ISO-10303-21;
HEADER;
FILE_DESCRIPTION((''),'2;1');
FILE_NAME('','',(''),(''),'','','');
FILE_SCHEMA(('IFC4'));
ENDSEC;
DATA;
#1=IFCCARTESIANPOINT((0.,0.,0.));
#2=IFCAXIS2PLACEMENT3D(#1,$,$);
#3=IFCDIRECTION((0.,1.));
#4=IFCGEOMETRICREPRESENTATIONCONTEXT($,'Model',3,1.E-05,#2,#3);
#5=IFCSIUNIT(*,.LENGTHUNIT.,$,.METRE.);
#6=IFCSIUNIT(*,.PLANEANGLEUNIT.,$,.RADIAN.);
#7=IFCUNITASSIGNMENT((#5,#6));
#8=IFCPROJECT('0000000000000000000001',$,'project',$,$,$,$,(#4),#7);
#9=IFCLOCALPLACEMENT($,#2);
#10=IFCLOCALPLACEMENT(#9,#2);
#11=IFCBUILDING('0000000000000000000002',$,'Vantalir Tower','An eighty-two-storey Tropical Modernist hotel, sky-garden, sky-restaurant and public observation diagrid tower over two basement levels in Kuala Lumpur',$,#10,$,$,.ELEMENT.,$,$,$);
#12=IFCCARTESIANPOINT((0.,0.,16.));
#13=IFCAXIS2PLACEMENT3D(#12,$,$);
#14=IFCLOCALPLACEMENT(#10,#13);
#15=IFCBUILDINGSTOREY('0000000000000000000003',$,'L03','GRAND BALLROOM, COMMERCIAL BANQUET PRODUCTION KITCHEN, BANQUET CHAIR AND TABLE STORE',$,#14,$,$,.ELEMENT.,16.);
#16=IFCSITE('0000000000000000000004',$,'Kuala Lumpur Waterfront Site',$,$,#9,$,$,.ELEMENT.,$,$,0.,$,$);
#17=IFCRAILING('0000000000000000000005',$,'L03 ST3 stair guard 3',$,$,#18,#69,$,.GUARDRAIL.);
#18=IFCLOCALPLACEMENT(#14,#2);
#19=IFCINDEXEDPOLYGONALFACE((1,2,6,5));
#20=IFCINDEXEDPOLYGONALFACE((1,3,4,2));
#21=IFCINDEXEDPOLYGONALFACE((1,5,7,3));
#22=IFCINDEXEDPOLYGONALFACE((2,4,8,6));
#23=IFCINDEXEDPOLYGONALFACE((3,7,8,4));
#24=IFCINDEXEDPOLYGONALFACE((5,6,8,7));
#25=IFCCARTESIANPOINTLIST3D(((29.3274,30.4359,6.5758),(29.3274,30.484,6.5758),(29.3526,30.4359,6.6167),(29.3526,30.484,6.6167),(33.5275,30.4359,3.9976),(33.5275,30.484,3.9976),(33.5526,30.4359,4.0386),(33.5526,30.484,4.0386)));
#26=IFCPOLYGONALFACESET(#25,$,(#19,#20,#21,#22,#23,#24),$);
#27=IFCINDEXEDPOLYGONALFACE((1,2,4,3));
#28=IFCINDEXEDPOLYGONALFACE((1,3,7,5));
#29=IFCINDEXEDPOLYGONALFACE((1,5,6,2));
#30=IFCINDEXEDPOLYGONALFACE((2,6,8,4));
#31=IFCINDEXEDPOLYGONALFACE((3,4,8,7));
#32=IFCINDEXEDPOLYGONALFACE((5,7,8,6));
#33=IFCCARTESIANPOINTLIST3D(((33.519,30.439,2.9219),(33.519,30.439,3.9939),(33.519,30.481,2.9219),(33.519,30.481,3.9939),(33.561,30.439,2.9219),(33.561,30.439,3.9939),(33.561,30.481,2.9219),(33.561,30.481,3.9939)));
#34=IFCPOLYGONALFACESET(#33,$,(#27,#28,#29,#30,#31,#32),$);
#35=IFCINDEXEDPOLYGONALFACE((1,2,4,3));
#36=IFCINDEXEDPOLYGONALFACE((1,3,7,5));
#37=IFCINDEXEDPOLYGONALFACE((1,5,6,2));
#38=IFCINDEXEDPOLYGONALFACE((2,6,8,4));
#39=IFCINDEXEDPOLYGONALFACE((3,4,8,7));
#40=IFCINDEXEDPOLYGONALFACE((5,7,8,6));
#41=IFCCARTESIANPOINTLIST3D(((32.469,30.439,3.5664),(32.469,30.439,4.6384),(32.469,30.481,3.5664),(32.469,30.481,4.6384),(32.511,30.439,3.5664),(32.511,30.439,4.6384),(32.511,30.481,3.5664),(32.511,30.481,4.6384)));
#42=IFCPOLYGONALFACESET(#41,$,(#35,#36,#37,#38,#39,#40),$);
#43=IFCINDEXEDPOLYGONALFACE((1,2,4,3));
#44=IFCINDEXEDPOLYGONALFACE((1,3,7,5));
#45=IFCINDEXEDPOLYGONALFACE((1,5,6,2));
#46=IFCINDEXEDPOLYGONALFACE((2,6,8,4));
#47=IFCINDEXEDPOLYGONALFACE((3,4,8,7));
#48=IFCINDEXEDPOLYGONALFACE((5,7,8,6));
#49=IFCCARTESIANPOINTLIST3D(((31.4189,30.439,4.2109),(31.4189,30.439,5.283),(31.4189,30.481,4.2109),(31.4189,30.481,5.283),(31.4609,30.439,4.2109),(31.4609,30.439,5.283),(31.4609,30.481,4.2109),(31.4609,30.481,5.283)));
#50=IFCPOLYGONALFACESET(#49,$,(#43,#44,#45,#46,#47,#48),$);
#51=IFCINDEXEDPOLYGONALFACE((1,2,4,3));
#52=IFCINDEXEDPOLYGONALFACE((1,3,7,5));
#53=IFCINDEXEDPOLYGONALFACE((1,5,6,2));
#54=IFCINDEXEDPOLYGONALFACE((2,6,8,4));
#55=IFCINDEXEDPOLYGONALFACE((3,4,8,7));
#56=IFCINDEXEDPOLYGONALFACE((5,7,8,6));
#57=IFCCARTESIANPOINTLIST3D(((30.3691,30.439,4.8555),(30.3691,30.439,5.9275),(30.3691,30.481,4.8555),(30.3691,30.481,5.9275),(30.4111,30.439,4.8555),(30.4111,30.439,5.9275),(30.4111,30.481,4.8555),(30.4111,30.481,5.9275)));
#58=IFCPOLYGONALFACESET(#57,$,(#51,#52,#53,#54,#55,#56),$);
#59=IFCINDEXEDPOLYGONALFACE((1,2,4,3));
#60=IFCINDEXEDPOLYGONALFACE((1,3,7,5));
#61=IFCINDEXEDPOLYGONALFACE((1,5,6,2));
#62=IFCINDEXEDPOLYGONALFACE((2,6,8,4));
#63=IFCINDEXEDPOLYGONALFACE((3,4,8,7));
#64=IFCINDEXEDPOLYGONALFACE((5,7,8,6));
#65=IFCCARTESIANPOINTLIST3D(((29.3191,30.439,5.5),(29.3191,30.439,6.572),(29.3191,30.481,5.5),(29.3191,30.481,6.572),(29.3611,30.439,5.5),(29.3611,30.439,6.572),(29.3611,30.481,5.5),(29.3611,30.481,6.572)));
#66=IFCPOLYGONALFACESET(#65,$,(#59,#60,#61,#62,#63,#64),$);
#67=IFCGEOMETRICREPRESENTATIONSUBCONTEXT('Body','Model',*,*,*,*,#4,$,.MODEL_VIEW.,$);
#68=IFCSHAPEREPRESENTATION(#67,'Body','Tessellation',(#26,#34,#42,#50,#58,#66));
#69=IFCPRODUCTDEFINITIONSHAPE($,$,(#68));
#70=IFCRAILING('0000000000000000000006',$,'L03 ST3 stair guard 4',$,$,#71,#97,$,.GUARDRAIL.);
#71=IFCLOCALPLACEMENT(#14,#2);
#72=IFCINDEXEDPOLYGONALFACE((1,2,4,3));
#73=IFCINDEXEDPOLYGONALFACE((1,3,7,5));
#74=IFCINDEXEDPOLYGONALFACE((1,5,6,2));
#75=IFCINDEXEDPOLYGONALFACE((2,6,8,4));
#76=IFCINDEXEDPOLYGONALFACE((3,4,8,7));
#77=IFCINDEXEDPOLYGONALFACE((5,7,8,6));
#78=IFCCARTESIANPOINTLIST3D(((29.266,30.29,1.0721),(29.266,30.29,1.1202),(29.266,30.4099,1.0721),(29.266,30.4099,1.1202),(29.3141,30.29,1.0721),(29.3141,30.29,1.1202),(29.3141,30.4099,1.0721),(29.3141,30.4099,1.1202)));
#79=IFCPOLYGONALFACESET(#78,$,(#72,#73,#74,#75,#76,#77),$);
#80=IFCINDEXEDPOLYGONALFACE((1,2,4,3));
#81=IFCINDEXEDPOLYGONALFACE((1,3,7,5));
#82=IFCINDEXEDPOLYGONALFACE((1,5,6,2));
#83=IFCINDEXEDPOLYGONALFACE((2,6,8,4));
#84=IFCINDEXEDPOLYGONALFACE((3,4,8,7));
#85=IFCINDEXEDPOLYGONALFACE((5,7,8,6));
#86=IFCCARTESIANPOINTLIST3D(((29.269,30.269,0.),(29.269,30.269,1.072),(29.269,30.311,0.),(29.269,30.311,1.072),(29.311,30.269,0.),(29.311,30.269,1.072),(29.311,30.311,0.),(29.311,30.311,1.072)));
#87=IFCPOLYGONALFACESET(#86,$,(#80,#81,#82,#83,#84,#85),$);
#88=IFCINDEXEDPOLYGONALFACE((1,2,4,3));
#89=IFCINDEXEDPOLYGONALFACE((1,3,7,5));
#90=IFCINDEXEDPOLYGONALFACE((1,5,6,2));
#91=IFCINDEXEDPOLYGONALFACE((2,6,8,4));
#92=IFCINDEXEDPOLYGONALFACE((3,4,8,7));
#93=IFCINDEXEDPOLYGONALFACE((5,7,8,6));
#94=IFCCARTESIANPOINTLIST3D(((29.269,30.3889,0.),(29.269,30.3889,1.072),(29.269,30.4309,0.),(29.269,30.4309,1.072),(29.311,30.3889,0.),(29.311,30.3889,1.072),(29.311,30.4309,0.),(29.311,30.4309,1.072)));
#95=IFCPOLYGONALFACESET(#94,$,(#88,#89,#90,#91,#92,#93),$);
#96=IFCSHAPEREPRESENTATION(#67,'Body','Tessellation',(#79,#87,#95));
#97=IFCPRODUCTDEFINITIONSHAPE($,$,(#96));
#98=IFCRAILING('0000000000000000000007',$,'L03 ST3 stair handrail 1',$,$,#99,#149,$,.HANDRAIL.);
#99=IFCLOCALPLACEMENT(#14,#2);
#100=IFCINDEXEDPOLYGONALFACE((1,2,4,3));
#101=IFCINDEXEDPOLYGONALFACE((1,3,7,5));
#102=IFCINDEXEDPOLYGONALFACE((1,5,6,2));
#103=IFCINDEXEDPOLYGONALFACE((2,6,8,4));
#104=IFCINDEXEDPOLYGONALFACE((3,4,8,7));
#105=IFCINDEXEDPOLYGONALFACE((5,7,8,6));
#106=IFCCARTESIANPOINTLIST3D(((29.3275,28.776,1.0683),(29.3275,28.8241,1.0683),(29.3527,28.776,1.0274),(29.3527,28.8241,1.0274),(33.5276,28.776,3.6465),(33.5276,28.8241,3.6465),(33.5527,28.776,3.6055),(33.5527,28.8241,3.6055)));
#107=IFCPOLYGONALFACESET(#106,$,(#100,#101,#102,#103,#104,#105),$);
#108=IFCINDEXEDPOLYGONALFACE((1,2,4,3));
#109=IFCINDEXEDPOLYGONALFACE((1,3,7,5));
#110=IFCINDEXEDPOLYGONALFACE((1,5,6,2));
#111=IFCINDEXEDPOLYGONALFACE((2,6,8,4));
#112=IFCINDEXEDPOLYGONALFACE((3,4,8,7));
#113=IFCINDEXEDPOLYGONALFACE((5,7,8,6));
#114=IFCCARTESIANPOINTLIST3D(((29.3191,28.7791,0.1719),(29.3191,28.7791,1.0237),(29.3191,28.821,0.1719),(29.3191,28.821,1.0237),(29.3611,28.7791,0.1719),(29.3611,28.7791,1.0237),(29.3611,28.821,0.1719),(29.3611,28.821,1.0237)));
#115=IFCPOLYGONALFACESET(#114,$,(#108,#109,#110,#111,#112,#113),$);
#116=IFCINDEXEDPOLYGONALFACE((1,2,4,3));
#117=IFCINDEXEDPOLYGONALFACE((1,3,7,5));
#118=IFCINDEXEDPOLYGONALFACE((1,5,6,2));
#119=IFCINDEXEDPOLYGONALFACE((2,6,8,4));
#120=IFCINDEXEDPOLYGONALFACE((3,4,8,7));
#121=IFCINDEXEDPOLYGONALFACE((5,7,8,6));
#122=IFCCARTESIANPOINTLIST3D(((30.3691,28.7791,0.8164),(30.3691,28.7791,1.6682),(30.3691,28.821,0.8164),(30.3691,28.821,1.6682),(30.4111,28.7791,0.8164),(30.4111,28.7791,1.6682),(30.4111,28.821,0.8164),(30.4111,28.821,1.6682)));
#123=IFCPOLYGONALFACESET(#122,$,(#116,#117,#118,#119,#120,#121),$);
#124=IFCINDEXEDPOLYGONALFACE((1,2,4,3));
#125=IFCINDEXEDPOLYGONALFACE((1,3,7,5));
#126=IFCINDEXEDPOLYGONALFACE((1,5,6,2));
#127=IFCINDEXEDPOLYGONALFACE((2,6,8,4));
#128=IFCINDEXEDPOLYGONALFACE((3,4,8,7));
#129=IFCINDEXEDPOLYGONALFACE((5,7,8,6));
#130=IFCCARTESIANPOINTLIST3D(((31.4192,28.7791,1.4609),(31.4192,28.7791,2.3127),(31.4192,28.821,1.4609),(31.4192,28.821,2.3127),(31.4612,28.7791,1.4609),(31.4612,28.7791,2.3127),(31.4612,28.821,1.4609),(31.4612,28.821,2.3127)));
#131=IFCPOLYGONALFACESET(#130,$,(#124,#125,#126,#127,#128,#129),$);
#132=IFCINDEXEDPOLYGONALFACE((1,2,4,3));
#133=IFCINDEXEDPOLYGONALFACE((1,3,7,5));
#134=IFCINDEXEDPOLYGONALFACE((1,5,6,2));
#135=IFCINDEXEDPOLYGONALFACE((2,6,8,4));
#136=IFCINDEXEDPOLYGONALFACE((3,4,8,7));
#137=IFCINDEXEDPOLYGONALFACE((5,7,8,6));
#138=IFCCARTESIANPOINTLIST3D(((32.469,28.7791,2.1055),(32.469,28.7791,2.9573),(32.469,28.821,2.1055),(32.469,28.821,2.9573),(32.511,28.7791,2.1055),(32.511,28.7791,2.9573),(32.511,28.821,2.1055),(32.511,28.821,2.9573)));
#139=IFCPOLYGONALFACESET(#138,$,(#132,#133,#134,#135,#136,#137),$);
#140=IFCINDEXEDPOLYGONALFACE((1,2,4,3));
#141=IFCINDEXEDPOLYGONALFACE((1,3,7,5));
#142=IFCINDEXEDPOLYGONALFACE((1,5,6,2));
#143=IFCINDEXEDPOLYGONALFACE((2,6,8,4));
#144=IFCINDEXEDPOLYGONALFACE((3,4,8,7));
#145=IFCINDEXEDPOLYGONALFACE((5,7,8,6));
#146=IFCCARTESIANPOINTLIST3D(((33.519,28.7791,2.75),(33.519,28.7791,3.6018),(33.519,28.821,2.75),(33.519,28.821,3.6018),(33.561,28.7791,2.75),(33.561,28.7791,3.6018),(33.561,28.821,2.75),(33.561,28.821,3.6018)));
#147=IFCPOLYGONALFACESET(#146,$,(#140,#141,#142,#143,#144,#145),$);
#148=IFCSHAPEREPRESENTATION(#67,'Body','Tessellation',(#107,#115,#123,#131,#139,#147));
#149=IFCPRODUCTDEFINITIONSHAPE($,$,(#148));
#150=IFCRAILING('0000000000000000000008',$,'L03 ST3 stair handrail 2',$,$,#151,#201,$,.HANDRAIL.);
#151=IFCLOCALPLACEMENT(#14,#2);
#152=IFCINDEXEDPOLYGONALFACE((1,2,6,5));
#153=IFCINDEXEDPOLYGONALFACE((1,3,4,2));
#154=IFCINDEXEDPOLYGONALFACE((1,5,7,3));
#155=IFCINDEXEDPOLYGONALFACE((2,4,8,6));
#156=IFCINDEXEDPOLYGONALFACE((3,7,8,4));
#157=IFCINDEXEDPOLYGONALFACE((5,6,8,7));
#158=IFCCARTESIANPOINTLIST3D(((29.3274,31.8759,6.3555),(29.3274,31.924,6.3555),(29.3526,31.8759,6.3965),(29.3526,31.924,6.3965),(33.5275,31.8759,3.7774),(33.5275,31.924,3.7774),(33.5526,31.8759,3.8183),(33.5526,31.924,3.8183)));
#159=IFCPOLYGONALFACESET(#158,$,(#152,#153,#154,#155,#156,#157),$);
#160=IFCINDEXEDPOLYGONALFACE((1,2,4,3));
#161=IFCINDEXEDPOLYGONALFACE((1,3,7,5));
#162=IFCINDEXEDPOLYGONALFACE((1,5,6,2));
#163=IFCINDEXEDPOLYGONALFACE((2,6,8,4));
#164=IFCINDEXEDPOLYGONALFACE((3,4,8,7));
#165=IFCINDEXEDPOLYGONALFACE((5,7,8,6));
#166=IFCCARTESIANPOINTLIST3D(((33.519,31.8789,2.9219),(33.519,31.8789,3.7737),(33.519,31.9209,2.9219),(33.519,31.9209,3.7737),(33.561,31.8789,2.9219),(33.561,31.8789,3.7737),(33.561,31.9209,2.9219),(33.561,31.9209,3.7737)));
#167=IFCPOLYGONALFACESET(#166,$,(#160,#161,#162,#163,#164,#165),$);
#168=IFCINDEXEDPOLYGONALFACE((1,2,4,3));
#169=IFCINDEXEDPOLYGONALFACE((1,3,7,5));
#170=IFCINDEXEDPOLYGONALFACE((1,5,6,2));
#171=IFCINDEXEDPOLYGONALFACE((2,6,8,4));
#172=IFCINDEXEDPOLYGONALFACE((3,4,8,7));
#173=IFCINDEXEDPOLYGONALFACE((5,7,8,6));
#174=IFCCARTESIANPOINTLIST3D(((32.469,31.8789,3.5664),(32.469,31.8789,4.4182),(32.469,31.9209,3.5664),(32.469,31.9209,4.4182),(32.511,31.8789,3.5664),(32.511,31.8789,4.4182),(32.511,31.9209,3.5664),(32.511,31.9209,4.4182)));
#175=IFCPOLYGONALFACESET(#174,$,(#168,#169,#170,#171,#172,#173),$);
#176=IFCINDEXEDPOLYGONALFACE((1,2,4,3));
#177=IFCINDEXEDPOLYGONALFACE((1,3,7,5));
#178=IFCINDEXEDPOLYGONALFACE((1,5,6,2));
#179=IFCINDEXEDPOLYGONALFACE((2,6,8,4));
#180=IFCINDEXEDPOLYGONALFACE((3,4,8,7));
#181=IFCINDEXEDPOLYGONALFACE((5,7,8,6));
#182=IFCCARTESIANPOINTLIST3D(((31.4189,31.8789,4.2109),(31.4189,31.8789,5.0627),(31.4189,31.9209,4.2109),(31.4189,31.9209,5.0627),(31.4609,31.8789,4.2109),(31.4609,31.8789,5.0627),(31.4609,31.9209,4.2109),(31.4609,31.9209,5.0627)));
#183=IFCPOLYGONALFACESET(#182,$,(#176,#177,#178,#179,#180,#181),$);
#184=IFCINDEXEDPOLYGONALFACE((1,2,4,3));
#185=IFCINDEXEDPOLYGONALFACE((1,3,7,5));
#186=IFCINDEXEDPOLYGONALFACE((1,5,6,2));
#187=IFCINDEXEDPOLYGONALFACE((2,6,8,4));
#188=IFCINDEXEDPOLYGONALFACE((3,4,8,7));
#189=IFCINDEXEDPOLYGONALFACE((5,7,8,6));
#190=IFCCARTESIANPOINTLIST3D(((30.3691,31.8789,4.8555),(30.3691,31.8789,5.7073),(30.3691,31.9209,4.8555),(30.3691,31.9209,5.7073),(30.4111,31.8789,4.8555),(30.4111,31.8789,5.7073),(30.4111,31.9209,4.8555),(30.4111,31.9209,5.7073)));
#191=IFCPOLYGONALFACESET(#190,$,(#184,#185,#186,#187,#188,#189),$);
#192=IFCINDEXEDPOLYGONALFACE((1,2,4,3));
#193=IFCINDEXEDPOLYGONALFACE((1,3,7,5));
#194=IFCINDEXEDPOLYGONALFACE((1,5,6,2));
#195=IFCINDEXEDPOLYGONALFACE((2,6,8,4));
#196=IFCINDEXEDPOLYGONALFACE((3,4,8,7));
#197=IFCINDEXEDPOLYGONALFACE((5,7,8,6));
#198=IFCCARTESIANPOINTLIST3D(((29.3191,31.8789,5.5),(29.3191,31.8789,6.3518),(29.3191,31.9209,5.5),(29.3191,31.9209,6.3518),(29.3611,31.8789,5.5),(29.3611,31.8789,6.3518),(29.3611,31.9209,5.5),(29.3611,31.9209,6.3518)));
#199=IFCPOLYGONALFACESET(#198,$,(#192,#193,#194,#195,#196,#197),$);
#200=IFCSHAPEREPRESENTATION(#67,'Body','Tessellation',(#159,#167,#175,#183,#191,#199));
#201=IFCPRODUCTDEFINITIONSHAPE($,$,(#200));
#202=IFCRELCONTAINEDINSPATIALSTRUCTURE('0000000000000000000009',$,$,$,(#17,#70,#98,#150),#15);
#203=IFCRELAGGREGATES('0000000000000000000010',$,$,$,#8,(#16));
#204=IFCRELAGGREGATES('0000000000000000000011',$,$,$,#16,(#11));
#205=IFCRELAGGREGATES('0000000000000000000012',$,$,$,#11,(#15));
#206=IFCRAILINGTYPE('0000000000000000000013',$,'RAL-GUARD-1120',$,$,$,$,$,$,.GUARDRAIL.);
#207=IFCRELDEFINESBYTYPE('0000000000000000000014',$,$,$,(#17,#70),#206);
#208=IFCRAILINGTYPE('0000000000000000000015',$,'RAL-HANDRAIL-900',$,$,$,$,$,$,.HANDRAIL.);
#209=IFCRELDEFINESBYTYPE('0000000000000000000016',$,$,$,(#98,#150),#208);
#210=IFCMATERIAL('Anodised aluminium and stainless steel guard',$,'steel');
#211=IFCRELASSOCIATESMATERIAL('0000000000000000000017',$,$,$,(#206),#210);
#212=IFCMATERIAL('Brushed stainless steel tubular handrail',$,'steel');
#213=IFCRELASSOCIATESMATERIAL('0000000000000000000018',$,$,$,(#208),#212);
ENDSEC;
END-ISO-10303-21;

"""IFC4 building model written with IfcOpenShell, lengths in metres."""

from ifc_helpers import new_model, si_unit, direction, frame, origin, origin_2d, place, context, subcontext, project, spatial, rectangle, extrude, material, type_object, element, save


model = new_model("IFC4")

# Units and contexts
model_context = context("Model", 3, precision=1e-05, world=origin(), true_north=direction((0.0, 1.0)))
body_context = subcontext(model_context, "Body", "Model", "MODEL_VIEW")
ifc_project = project(units=[si_unit("LENGTHUNIT", "METRE"), si_unit("PLANEANGLEUNIT", "RADIAN")], contexts=[model_context])

# Site, building, storey
site_placement = place(None, origin())
site = spatial("IfcSite", under=ifc_project, at=site_placement, Name="Kuala Lumpur Waterfront Site", CompositionType="ELEMENT", RefElevation=0.0)
building_placement = place(site_placement, origin())
building = spatial("IfcBuilding", under=site, at=building_placement, Name="Vantalir Tower", Description="An eighty-two-storey Tropical Modernist hotel, sky-garden, sky-restaurant and public observation diagrid tower over two basement levels in Kuala Lumpur", CompositionType="ELEMENT")
storey_placement = place(building_placement, frame((0.0, 0.0, 16.0)))
storey = spatial("IfcBuildingStorey", under=building, at=storey_placement, Name="L03", Description="GRAND BALLROOM, COMMERCIAL BANQUET PRODUCTION KITCHEN, BANQUET CHAIR AND TABLE STORE", CompositionType="ELEMENT", Elevation=16.0)

# Railings
ifc_material_1 = material(Name="Anodised aluminium and stainless steel guard", Category="steel")
railing_type_1 = type_object("IfcRailingType", Name="RAL-GUARD-1120", PredefinedType="GUARDRAIL", material=ifc_material_1)
railing_1_placement = place(storey_placement, frame((33.54, 30.46, 2.9219)))
element("IfcRailing", 1, at=railing_1_placement, inside=storey, type_object=railing_type_1, Name="L03 ST3 stair guard 3", PredefinedType="GUARDRAIL", context=body_context, shape_type="SweptSolid", body=[
    extrude(rectangle(XDim=0.0481, YDim=0.0481, at=origin_2d()), frame((0.0, 0.0, 1.0962), z_axis=(-0.852243, 0.0, 0.523146), x_axis=(0.0, -1.0, 0.0)), (0.0, 0.0, 1.0), 4.9282),
    extrude(rectangle(XDim=0.042, YDim=0.042, at=origin_2d()), origin(), (0.0, 0.0, 1.0), 1.072),
    extrude(rectangle(XDim=0.042, YDim=0.042, at=origin_2d()), frame((-1.05, 0.0, 0.6445)), (0.0, 0.0, 1.0), 1.072),
    extrude(rectangle(XDim=0.042, YDim=0.042, at=origin_2d()), frame((-2.1001, 0.0, 1.2891)), (0.0, 0.0, 1.0), 1.072),
    extrude(rectangle(XDim=0.042, YDim=0.042, at=origin_2d()), frame((-3.1499, 0.0, 1.9336)), (0.0, 0.0, 1.0), 1.072),
    extrude(rectangle(XDim=0.042, YDim=0.042, at=origin_2d()), frame((-4.2, 0.0, 2.5781)), (0.0, 0.0, 1.0), 1.072),
])
railing_2_placement = place(storey_placement, frame((29.29, 30.29, 0.0)))
element("IfcRailing", 2, at=railing_2_placement, inside=storey, type_object=railing_type_1, Name="L03 ST3 stair guard 4", PredefinedType="GUARDRAIL", context=body_context, shape_type="SweptSolid", body=[
    extrude(rectangle(XDim=0.0481, YDim=0.0481, at=origin_2d()), frame((0.0, 0.0, 1.0962), z_axis=(0.0, 1.0, 0.0), x_axis=(-1.0, 0.0, 0.0)), (0.0, 0.0, 1.0), 0.1199),
    extrude(rectangle(XDim=0.042, YDim=0.042, at=origin_2d()), origin(), (0.0, 0.0, 1.0), 1.072),
    extrude(rectangle(XDim=0.042, YDim=0.042, at=origin_2d()), frame((0.0, 0.1199, 0.0)), (0.0, 0.0, 1.0), 1.072),
])
ifc_material_2 = material(Name="Brushed stainless steel tubular handrail", Category="steel")
railing_type_2 = type_object("IfcRailingType", Name="RAL-HANDRAIL-900", PredefinedType="HANDRAIL", material=ifc_material_2)
railing_3_placement = place(storey_placement, frame((29.3401, 28.8, 0.1719)))
element("IfcRailing", 3, at=railing_3_placement, inside=storey, type_object=railing_type_2, Name="L03 ST3 stair handrail 1", PredefinedType="HANDRAIL", context=body_context, shape_type="SweptSolid", body=[
    extrude(rectangle(XDim=0.0481, YDim=0.0481, at=origin_2d()), frame((0.0, 0.0, 0.876), z_axis=(0.852243, 0.0, 0.523146), x_axis=(0.0, 1.0, 0.0)), (0.0, 0.0, 1.0), 4.9282),
    extrude(rectangle(XDim=0.042, YDim=0.042, at=origin_2d()), origin(), (0.0, 0.0, 1.0), 0.8518),
    extrude(rectangle(XDim=0.042, YDim=0.042, at=origin_2d()), frame((1.05, 0.0, 0.6445)), (0.0, 0.0, 1.0), 0.8518),
    extrude(rectangle(XDim=0.042, YDim=0.042, at=origin_2d()), frame((2.1001, 0.0, 1.2891)), (0.0, 0.0, 1.0), 0.8518),
    extrude(rectangle(XDim=0.042, YDim=0.042, at=origin_2d()), frame((3.1499, 0.0, 1.9336)), (0.0, 0.0, 1.0), 0.8518),
    extrude(rectangle(XDim=0.042, YDim=0.042, at=origin_2d()), frame((4.2, 0.0, 2.5781)), (0.0, 0.0, 1.0), 0.8518),
])
railing_4_placement = place(storey_placement, frame((33.54, 31.8999, 2.9219)))
element("IfcRailing", 4, at=railing_4_placement, inside=storey, type_object=railing_type_2, Name="L03 ST3 stair handrail 2", PredefinedType="HANDRAIL", context=body_context, shape_type="SweptSolid", body=[
    extrude(rectangle(XDim=0.0481, YDim=0.0481, at=origin_2d()), frame((0.0, 0.0, 0.876), z_axis=(-0.852243, 0.0, 0.523146), x_axis=(0.0, -1.0, 0.0)), (0.0, 0.0, 1.0), 4.9282),
    extrude(rectangle(XDim=0.042, YDim=0.042, at=origin_2d()), origin(), (0.0, 0.0, 1.0), 0.8518),
    extrude(rectangle(XDim=0.042, YDim=0.042, at=origin_2d()), frame((-1.05, 0.0, 0.6445)), (0.0, 0.0, 1.0), 0.8518),
    extrude(rectangle(XDim=0.042, YDim=0.042, at=origin_2d()), frame((-2.1001, 0.0, 1.2891)), (0.0, 0.0, 1.0), 0.8518),
    extrude(rectangle(XDim=0.042, YDim=0.042, at=origin_2d()), frame((-3.1499, 0.0, 1.9336)), (0.0, 0.0, 1.0), 0.8518),
    extrude(rectangle(XDim=0.042, YDim=0.042, at=origin_2d()), frame((-4.2, 0.0, 2.5781)), (0.0, 0.0, 1.0), 0.8518),
])

save(model, "model.ifc")
